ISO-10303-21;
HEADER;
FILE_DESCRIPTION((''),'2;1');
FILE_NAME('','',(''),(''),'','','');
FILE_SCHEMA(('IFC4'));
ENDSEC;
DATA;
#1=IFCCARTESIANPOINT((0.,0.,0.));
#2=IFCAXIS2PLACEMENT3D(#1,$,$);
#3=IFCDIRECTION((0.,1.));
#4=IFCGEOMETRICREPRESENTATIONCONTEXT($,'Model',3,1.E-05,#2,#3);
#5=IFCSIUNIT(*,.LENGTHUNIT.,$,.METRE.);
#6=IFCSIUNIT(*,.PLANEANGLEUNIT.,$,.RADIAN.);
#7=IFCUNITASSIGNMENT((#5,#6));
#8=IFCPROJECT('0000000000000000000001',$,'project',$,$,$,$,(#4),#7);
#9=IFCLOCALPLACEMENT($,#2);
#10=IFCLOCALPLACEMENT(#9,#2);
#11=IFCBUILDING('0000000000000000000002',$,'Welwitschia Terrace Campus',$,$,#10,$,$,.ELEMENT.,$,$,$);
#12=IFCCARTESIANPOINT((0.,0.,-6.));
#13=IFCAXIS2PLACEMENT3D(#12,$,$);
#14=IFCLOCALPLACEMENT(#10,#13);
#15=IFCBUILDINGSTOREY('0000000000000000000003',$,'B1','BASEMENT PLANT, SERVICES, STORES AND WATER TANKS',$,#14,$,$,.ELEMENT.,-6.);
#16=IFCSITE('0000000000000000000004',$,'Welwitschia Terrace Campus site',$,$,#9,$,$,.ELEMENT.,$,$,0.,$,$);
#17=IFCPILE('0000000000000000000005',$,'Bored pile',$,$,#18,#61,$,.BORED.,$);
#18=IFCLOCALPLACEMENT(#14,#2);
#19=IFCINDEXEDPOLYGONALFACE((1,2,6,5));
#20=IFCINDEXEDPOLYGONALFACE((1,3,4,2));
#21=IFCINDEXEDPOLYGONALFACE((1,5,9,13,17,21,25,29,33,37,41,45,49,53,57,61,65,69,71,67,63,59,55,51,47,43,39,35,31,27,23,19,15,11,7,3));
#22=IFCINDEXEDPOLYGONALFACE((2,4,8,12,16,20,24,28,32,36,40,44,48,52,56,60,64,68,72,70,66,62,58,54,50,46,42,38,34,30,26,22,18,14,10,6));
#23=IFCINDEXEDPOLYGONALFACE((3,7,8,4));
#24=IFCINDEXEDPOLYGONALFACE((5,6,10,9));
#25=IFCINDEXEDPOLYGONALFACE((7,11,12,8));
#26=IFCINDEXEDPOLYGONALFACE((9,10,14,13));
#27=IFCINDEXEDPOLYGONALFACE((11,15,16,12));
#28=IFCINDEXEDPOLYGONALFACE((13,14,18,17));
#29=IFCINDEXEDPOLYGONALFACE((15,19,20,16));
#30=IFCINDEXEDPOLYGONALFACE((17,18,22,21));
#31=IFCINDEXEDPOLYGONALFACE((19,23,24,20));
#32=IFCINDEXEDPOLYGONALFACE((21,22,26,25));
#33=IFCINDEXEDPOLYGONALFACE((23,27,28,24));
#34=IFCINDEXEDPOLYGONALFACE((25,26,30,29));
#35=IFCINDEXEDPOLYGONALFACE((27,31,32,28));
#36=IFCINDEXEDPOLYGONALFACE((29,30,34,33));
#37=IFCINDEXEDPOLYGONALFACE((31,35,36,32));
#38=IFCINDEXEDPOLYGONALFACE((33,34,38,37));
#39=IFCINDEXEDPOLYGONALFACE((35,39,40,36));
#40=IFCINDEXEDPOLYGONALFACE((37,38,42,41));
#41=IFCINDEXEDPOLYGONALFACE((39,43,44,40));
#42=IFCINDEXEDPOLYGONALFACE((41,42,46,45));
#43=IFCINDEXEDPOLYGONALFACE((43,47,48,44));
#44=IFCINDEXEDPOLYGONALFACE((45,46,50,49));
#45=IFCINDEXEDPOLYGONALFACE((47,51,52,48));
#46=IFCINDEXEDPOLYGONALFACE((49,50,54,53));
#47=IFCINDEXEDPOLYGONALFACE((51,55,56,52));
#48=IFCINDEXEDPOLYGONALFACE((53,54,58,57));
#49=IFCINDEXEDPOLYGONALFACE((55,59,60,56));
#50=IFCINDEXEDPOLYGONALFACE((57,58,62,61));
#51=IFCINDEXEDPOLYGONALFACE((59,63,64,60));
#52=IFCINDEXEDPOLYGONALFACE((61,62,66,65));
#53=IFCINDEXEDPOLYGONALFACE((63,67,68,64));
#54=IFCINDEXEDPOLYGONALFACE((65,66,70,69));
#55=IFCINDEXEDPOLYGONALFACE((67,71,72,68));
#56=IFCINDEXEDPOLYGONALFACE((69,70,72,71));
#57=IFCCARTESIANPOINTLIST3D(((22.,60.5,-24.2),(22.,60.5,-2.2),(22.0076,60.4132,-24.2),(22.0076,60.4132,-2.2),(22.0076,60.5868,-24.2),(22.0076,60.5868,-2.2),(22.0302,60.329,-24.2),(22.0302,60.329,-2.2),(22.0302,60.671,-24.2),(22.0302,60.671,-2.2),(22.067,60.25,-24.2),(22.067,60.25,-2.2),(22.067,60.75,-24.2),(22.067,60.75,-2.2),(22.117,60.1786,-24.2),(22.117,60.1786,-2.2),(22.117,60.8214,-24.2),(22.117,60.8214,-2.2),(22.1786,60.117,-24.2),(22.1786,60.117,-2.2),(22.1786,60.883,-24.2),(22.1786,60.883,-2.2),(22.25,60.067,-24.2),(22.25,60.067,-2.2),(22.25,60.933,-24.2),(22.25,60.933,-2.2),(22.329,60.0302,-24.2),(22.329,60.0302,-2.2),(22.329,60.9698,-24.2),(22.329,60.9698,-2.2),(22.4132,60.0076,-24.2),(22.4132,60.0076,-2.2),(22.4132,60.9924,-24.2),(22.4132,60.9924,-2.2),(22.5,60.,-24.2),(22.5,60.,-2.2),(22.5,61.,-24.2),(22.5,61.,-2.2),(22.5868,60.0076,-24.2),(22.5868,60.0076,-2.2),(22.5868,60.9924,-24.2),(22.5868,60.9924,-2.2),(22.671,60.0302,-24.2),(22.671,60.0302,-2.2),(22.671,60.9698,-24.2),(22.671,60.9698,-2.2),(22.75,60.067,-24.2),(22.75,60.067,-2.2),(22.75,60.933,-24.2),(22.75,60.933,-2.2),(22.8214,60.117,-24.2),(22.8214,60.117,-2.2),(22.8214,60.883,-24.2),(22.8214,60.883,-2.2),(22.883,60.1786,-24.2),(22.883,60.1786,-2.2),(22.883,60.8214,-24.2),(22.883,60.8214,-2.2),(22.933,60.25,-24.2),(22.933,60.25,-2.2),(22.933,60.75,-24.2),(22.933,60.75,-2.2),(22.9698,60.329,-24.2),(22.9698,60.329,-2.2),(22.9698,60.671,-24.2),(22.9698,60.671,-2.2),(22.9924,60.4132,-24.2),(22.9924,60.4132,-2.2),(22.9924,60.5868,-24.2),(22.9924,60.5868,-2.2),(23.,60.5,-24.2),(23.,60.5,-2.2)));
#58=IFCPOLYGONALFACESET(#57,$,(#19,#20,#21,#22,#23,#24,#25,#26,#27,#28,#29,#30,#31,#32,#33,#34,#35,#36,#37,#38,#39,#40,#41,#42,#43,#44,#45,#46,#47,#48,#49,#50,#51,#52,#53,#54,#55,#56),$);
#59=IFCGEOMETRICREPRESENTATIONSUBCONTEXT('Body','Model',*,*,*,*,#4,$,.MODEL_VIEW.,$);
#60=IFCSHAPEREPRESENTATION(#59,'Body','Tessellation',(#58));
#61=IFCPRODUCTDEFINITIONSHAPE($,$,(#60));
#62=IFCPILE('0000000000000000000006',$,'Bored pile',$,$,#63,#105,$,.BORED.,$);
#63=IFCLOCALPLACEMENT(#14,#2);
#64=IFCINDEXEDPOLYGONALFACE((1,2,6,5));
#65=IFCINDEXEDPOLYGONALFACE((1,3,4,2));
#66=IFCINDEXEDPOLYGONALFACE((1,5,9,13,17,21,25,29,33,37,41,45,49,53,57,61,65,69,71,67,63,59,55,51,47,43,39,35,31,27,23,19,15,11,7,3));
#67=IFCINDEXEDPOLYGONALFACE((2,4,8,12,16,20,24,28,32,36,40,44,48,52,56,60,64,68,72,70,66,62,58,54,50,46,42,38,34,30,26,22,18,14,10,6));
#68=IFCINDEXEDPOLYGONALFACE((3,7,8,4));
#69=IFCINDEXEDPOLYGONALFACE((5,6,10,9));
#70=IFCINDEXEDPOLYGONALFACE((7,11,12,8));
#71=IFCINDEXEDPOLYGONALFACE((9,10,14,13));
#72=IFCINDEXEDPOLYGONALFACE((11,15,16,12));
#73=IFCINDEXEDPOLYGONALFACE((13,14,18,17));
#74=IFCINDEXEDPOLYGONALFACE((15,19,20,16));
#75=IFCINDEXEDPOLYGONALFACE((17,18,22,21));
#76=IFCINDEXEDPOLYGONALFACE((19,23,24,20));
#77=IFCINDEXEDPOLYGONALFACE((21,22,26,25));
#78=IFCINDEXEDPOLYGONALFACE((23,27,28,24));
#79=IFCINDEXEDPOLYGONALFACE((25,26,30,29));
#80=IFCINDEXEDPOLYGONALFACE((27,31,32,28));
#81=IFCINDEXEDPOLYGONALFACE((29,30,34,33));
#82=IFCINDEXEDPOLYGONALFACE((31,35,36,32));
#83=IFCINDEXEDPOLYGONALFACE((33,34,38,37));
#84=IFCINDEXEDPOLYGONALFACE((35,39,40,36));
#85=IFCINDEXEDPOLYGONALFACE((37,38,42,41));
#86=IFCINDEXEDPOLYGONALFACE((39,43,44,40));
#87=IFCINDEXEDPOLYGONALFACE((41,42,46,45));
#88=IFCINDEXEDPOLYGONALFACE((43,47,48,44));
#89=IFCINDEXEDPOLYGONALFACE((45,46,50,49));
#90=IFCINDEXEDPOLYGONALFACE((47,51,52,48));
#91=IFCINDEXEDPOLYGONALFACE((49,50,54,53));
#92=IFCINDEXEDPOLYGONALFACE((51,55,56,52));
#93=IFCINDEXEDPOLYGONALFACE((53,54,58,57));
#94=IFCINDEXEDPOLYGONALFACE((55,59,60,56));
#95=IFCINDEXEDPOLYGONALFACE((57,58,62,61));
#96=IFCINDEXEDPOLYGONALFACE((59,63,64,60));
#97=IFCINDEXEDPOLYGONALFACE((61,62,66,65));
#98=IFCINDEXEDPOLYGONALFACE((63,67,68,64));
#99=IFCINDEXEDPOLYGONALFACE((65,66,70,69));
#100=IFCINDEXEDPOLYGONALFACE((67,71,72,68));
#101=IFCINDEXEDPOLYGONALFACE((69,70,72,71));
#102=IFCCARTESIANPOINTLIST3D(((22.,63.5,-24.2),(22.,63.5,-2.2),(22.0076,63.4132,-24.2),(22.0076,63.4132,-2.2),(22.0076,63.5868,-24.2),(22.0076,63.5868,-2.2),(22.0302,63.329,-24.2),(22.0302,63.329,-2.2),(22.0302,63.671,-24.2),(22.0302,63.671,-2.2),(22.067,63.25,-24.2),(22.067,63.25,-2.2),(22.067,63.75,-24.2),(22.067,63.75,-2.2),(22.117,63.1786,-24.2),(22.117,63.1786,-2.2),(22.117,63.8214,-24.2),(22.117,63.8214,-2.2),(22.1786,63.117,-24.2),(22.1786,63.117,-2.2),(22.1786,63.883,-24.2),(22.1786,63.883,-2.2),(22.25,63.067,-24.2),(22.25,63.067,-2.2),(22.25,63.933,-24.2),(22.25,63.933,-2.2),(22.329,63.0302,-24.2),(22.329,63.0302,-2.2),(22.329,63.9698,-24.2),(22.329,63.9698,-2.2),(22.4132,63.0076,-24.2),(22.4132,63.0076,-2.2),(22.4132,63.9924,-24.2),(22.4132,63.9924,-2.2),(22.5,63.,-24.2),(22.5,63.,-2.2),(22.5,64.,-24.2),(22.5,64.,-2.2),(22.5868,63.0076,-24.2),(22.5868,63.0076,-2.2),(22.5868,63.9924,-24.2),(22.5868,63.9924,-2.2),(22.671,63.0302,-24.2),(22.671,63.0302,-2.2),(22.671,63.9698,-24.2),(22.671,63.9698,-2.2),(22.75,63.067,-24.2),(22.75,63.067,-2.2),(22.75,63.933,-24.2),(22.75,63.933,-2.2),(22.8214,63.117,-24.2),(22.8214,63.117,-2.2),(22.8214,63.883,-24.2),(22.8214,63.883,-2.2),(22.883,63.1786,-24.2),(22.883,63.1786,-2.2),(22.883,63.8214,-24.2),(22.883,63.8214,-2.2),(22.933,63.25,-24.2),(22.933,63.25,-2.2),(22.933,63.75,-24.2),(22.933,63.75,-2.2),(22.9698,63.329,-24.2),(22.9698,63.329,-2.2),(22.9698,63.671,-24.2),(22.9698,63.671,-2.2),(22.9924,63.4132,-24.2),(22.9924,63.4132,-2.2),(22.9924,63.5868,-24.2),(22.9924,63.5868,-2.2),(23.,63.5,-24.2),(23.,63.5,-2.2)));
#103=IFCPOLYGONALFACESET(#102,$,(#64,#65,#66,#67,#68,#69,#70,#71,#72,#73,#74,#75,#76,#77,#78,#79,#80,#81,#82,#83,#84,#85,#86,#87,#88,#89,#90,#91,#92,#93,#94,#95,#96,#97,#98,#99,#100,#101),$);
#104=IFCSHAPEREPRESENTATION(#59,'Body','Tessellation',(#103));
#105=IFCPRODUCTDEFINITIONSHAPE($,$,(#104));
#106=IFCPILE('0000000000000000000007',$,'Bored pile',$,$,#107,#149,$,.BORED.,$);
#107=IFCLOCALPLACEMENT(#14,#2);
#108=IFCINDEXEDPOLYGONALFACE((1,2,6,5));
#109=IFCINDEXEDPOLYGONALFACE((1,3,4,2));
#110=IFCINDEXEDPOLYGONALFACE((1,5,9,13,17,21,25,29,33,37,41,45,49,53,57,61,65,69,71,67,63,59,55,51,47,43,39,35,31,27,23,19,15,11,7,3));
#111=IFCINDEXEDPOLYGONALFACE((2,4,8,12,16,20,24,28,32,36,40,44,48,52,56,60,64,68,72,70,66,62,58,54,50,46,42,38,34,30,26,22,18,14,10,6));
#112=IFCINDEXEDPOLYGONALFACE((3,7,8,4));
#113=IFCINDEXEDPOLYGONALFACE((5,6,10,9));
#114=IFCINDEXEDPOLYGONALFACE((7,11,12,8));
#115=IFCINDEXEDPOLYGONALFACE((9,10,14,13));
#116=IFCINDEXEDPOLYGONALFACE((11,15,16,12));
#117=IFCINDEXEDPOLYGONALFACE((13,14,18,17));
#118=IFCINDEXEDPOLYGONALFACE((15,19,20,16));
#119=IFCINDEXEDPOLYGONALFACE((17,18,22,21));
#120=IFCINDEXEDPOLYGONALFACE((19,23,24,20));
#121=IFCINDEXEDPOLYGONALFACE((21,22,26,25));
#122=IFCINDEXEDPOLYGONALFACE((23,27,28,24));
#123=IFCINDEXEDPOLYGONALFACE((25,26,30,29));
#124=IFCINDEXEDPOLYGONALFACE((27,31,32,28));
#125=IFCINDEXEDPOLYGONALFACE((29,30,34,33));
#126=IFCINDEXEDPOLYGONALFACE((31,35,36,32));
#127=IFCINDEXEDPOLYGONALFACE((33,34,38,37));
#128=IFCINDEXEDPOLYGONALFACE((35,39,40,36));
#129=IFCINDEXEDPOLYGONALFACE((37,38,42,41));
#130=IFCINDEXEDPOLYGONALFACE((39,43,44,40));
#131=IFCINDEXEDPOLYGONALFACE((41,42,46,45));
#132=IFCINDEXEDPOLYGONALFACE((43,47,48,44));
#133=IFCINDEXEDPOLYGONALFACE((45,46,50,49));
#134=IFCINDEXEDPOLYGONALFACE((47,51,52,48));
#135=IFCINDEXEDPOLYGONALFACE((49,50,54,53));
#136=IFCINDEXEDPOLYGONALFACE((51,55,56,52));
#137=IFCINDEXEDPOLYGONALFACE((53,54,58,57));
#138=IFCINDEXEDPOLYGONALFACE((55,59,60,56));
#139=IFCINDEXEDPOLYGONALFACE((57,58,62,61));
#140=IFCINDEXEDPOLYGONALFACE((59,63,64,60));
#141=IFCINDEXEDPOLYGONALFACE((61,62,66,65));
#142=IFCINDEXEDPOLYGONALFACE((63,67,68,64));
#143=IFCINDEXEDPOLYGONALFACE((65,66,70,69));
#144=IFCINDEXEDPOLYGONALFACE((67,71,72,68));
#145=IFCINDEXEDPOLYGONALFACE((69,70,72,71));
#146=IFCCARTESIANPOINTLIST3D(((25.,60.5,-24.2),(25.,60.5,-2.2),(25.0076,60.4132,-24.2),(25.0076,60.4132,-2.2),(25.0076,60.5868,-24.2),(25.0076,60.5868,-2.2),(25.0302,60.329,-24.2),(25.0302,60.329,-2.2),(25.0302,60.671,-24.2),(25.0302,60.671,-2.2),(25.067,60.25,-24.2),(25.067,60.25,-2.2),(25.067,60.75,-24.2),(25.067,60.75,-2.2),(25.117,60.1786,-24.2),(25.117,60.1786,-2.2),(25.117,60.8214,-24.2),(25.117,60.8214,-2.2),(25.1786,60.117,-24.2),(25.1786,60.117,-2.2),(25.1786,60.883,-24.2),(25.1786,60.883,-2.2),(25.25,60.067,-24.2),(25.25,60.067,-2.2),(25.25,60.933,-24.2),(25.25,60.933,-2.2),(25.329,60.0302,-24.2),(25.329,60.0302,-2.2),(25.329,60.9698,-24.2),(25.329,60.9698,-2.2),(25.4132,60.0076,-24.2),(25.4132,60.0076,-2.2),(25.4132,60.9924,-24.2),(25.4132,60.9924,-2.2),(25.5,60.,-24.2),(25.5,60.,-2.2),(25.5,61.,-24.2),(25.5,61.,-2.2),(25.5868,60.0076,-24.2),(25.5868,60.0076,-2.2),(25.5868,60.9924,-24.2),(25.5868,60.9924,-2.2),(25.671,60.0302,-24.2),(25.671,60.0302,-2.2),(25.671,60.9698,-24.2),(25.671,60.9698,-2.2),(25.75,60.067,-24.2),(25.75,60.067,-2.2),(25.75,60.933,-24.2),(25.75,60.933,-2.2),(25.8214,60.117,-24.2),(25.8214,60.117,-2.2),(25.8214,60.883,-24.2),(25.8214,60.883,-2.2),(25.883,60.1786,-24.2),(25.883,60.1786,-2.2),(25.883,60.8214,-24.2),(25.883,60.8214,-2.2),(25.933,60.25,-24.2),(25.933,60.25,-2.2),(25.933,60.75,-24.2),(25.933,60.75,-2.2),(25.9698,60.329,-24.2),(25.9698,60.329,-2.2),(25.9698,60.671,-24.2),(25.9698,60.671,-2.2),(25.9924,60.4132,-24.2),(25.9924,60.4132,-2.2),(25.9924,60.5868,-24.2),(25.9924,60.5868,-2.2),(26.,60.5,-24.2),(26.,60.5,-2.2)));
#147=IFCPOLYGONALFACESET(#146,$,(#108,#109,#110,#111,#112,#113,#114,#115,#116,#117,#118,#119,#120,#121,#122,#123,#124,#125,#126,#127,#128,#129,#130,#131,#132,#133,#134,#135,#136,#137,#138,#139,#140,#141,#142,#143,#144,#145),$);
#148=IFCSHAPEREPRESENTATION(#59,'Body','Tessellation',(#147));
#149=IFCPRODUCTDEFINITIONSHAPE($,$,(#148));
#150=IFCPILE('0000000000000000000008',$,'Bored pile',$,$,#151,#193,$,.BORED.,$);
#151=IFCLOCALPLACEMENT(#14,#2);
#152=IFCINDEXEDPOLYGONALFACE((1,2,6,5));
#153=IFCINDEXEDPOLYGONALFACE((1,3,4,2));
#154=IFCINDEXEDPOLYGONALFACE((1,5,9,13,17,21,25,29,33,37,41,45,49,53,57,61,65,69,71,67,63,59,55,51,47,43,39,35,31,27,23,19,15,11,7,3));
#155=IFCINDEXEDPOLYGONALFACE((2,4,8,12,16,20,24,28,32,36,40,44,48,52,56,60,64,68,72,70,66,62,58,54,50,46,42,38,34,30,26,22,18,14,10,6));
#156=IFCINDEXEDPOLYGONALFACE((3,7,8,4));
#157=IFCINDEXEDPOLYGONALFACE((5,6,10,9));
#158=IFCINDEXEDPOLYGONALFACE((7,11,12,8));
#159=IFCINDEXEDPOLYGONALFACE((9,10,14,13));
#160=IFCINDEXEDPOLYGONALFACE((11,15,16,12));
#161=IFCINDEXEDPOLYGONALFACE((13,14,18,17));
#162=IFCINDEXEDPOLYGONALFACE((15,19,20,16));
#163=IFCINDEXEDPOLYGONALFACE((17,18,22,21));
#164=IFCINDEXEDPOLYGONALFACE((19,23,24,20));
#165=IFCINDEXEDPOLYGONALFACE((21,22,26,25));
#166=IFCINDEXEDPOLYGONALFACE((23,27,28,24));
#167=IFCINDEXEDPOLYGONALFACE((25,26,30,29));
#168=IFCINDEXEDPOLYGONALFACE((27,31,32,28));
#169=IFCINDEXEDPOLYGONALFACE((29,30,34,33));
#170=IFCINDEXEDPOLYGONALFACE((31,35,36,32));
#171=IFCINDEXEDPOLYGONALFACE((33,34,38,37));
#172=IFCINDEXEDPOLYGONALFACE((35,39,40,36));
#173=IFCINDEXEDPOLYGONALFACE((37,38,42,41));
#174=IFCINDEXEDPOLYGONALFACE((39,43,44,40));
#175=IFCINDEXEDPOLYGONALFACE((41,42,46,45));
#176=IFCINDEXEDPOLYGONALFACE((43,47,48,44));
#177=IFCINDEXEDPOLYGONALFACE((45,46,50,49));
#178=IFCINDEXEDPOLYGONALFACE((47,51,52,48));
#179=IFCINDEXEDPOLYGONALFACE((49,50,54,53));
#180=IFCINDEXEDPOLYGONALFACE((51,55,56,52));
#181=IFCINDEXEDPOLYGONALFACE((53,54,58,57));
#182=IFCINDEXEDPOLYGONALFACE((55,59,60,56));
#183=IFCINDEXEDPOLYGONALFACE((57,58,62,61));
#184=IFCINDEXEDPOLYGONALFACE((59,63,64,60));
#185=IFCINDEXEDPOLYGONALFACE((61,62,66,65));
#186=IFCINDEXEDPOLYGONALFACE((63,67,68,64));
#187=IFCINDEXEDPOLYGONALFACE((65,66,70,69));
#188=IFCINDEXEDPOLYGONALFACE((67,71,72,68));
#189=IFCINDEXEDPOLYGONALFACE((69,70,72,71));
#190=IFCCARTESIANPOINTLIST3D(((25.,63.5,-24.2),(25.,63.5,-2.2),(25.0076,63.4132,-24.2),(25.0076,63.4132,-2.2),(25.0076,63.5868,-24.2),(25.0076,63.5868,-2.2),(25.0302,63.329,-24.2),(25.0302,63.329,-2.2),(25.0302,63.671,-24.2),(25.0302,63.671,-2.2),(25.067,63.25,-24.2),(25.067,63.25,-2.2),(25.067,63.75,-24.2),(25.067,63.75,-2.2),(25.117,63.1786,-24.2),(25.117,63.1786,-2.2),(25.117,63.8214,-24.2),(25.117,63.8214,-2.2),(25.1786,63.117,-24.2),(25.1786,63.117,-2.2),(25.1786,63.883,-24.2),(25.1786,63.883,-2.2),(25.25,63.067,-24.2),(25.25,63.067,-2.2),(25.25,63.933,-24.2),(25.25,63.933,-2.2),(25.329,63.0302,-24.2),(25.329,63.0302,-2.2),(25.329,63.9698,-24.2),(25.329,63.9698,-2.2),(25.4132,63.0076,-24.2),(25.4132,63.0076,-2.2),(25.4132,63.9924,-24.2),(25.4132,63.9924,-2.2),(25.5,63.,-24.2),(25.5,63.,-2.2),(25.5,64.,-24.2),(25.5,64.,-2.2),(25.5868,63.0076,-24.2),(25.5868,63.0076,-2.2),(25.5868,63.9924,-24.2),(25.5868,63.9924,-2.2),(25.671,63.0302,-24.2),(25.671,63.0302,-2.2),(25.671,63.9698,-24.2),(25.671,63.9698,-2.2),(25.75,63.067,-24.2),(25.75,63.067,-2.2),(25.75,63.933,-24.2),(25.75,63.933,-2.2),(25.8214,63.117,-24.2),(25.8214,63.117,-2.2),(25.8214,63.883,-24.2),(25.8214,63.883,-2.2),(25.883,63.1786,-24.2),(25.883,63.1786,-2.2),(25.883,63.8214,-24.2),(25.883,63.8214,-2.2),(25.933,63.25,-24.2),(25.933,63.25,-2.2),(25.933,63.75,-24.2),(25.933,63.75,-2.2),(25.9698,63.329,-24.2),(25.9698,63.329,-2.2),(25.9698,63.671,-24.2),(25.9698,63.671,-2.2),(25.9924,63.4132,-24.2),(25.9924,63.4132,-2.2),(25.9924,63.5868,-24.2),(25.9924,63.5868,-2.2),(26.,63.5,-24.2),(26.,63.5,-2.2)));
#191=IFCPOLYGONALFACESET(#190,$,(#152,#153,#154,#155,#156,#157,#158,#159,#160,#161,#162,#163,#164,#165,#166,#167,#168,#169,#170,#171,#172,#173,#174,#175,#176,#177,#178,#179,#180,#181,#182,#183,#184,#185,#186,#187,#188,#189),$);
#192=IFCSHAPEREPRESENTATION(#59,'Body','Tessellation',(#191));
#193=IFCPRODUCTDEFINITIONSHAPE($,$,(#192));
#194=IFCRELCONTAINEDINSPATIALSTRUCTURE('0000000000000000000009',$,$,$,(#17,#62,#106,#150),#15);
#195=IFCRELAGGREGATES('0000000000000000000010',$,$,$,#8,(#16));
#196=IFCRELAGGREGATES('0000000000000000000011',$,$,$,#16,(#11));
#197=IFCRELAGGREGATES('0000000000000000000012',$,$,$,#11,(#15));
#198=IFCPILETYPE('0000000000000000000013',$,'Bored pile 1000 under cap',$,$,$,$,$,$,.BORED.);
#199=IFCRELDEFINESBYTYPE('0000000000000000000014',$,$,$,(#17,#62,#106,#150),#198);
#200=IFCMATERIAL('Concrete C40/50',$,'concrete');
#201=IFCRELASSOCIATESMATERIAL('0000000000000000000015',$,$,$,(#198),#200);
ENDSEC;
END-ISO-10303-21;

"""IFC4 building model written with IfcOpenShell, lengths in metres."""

from ifc_helpers import new_model, si_unit, direction, frame, origin, origin_2d, place, context, subcontext, project, spatial, circle, extrude, material, type_object, element, save


model = new_model("IFC4")

# Units and contexts
model_context = context("Model", 3, precision=1e-05, world=origin(), true_north=direction((0.0, 1.0)))
body_context = subcontext(model_context, "Body", "Model", "MODEL_VIEW")
ifc_project = project(units=[si_unit("LENGTHUNIT", "METRE"), si_unit("PLANEANGLEUNIT", "RADIAN")], contexts=[model_context])

# Site, building, storey
site_placement = place(None, origin())
site = spatial("IfcSite", under=ifc_project, at=site_placement, Name="Welwitschia Terrace Campus site", CompositionType="ELEMENT", RefElevation=0.0)
building_placement = place(site_placement, origin())
building = spatial("IfcBuilding", under=site, at=building_placement, Name="Welwitschia Terrace Campus", CompositionType="ELEMENT")
storey_placement = place(building_placement, frame((0.0, 0.0, -6.0)))
storey = spatial("IfcBuildingStorey", under=building, at=storey_placement, Name="B1", Description="BASEMENT PLANT, SERVICES, STORES AND WATER TANKS", CompositionType="ELEMENT", Elevation=-6.0)

# Piles
ifc_material_1 = material(Name="Concrete C40/50", Category="concrete")
pile_type = type_object("IfcPileType", Name="Bored pile 1000 under cap", PredefinedType="BORED", material=ifc_material_1)
for number, where, z_axis, x_axis, name in (
    (1, (22.5, 60.5, -2.2), (0.0, 0.0, -1.0), (1.0, 0.0, 0.0), "Bored pile"),
    (2, (22.5, 63.5, -2.2), (0.0, 0.0, -1.0), (1.0, 0.0, 0.0), "Bored pile"),
    (3, (25.5, 60.5, -2.2), (0.0, 0.0, -1.0), (1.0, 0.0, 0.0), "Bored pile"),
    (4, (25.5, 63.5, -2.2), (0.0, 0.0, -1.0), (1.0, 0.0, 0.0), "Bored pile"),
):
    element("IfcPile", number, at=place(storey_placement, frame(where, z_axis=z_axis, x_axis=x_axis)), inside=storey, type_object=pile_type, Name=name, PredefinedType="BORED", context=body_context, shape_type="SweptSolid", body=[
        extrude(circle(Radius=0.5, at=origin_2d()), origin(), (0.0, 0.0, 1.0), 22.0),
    ])

save(model, "model.ifc")
